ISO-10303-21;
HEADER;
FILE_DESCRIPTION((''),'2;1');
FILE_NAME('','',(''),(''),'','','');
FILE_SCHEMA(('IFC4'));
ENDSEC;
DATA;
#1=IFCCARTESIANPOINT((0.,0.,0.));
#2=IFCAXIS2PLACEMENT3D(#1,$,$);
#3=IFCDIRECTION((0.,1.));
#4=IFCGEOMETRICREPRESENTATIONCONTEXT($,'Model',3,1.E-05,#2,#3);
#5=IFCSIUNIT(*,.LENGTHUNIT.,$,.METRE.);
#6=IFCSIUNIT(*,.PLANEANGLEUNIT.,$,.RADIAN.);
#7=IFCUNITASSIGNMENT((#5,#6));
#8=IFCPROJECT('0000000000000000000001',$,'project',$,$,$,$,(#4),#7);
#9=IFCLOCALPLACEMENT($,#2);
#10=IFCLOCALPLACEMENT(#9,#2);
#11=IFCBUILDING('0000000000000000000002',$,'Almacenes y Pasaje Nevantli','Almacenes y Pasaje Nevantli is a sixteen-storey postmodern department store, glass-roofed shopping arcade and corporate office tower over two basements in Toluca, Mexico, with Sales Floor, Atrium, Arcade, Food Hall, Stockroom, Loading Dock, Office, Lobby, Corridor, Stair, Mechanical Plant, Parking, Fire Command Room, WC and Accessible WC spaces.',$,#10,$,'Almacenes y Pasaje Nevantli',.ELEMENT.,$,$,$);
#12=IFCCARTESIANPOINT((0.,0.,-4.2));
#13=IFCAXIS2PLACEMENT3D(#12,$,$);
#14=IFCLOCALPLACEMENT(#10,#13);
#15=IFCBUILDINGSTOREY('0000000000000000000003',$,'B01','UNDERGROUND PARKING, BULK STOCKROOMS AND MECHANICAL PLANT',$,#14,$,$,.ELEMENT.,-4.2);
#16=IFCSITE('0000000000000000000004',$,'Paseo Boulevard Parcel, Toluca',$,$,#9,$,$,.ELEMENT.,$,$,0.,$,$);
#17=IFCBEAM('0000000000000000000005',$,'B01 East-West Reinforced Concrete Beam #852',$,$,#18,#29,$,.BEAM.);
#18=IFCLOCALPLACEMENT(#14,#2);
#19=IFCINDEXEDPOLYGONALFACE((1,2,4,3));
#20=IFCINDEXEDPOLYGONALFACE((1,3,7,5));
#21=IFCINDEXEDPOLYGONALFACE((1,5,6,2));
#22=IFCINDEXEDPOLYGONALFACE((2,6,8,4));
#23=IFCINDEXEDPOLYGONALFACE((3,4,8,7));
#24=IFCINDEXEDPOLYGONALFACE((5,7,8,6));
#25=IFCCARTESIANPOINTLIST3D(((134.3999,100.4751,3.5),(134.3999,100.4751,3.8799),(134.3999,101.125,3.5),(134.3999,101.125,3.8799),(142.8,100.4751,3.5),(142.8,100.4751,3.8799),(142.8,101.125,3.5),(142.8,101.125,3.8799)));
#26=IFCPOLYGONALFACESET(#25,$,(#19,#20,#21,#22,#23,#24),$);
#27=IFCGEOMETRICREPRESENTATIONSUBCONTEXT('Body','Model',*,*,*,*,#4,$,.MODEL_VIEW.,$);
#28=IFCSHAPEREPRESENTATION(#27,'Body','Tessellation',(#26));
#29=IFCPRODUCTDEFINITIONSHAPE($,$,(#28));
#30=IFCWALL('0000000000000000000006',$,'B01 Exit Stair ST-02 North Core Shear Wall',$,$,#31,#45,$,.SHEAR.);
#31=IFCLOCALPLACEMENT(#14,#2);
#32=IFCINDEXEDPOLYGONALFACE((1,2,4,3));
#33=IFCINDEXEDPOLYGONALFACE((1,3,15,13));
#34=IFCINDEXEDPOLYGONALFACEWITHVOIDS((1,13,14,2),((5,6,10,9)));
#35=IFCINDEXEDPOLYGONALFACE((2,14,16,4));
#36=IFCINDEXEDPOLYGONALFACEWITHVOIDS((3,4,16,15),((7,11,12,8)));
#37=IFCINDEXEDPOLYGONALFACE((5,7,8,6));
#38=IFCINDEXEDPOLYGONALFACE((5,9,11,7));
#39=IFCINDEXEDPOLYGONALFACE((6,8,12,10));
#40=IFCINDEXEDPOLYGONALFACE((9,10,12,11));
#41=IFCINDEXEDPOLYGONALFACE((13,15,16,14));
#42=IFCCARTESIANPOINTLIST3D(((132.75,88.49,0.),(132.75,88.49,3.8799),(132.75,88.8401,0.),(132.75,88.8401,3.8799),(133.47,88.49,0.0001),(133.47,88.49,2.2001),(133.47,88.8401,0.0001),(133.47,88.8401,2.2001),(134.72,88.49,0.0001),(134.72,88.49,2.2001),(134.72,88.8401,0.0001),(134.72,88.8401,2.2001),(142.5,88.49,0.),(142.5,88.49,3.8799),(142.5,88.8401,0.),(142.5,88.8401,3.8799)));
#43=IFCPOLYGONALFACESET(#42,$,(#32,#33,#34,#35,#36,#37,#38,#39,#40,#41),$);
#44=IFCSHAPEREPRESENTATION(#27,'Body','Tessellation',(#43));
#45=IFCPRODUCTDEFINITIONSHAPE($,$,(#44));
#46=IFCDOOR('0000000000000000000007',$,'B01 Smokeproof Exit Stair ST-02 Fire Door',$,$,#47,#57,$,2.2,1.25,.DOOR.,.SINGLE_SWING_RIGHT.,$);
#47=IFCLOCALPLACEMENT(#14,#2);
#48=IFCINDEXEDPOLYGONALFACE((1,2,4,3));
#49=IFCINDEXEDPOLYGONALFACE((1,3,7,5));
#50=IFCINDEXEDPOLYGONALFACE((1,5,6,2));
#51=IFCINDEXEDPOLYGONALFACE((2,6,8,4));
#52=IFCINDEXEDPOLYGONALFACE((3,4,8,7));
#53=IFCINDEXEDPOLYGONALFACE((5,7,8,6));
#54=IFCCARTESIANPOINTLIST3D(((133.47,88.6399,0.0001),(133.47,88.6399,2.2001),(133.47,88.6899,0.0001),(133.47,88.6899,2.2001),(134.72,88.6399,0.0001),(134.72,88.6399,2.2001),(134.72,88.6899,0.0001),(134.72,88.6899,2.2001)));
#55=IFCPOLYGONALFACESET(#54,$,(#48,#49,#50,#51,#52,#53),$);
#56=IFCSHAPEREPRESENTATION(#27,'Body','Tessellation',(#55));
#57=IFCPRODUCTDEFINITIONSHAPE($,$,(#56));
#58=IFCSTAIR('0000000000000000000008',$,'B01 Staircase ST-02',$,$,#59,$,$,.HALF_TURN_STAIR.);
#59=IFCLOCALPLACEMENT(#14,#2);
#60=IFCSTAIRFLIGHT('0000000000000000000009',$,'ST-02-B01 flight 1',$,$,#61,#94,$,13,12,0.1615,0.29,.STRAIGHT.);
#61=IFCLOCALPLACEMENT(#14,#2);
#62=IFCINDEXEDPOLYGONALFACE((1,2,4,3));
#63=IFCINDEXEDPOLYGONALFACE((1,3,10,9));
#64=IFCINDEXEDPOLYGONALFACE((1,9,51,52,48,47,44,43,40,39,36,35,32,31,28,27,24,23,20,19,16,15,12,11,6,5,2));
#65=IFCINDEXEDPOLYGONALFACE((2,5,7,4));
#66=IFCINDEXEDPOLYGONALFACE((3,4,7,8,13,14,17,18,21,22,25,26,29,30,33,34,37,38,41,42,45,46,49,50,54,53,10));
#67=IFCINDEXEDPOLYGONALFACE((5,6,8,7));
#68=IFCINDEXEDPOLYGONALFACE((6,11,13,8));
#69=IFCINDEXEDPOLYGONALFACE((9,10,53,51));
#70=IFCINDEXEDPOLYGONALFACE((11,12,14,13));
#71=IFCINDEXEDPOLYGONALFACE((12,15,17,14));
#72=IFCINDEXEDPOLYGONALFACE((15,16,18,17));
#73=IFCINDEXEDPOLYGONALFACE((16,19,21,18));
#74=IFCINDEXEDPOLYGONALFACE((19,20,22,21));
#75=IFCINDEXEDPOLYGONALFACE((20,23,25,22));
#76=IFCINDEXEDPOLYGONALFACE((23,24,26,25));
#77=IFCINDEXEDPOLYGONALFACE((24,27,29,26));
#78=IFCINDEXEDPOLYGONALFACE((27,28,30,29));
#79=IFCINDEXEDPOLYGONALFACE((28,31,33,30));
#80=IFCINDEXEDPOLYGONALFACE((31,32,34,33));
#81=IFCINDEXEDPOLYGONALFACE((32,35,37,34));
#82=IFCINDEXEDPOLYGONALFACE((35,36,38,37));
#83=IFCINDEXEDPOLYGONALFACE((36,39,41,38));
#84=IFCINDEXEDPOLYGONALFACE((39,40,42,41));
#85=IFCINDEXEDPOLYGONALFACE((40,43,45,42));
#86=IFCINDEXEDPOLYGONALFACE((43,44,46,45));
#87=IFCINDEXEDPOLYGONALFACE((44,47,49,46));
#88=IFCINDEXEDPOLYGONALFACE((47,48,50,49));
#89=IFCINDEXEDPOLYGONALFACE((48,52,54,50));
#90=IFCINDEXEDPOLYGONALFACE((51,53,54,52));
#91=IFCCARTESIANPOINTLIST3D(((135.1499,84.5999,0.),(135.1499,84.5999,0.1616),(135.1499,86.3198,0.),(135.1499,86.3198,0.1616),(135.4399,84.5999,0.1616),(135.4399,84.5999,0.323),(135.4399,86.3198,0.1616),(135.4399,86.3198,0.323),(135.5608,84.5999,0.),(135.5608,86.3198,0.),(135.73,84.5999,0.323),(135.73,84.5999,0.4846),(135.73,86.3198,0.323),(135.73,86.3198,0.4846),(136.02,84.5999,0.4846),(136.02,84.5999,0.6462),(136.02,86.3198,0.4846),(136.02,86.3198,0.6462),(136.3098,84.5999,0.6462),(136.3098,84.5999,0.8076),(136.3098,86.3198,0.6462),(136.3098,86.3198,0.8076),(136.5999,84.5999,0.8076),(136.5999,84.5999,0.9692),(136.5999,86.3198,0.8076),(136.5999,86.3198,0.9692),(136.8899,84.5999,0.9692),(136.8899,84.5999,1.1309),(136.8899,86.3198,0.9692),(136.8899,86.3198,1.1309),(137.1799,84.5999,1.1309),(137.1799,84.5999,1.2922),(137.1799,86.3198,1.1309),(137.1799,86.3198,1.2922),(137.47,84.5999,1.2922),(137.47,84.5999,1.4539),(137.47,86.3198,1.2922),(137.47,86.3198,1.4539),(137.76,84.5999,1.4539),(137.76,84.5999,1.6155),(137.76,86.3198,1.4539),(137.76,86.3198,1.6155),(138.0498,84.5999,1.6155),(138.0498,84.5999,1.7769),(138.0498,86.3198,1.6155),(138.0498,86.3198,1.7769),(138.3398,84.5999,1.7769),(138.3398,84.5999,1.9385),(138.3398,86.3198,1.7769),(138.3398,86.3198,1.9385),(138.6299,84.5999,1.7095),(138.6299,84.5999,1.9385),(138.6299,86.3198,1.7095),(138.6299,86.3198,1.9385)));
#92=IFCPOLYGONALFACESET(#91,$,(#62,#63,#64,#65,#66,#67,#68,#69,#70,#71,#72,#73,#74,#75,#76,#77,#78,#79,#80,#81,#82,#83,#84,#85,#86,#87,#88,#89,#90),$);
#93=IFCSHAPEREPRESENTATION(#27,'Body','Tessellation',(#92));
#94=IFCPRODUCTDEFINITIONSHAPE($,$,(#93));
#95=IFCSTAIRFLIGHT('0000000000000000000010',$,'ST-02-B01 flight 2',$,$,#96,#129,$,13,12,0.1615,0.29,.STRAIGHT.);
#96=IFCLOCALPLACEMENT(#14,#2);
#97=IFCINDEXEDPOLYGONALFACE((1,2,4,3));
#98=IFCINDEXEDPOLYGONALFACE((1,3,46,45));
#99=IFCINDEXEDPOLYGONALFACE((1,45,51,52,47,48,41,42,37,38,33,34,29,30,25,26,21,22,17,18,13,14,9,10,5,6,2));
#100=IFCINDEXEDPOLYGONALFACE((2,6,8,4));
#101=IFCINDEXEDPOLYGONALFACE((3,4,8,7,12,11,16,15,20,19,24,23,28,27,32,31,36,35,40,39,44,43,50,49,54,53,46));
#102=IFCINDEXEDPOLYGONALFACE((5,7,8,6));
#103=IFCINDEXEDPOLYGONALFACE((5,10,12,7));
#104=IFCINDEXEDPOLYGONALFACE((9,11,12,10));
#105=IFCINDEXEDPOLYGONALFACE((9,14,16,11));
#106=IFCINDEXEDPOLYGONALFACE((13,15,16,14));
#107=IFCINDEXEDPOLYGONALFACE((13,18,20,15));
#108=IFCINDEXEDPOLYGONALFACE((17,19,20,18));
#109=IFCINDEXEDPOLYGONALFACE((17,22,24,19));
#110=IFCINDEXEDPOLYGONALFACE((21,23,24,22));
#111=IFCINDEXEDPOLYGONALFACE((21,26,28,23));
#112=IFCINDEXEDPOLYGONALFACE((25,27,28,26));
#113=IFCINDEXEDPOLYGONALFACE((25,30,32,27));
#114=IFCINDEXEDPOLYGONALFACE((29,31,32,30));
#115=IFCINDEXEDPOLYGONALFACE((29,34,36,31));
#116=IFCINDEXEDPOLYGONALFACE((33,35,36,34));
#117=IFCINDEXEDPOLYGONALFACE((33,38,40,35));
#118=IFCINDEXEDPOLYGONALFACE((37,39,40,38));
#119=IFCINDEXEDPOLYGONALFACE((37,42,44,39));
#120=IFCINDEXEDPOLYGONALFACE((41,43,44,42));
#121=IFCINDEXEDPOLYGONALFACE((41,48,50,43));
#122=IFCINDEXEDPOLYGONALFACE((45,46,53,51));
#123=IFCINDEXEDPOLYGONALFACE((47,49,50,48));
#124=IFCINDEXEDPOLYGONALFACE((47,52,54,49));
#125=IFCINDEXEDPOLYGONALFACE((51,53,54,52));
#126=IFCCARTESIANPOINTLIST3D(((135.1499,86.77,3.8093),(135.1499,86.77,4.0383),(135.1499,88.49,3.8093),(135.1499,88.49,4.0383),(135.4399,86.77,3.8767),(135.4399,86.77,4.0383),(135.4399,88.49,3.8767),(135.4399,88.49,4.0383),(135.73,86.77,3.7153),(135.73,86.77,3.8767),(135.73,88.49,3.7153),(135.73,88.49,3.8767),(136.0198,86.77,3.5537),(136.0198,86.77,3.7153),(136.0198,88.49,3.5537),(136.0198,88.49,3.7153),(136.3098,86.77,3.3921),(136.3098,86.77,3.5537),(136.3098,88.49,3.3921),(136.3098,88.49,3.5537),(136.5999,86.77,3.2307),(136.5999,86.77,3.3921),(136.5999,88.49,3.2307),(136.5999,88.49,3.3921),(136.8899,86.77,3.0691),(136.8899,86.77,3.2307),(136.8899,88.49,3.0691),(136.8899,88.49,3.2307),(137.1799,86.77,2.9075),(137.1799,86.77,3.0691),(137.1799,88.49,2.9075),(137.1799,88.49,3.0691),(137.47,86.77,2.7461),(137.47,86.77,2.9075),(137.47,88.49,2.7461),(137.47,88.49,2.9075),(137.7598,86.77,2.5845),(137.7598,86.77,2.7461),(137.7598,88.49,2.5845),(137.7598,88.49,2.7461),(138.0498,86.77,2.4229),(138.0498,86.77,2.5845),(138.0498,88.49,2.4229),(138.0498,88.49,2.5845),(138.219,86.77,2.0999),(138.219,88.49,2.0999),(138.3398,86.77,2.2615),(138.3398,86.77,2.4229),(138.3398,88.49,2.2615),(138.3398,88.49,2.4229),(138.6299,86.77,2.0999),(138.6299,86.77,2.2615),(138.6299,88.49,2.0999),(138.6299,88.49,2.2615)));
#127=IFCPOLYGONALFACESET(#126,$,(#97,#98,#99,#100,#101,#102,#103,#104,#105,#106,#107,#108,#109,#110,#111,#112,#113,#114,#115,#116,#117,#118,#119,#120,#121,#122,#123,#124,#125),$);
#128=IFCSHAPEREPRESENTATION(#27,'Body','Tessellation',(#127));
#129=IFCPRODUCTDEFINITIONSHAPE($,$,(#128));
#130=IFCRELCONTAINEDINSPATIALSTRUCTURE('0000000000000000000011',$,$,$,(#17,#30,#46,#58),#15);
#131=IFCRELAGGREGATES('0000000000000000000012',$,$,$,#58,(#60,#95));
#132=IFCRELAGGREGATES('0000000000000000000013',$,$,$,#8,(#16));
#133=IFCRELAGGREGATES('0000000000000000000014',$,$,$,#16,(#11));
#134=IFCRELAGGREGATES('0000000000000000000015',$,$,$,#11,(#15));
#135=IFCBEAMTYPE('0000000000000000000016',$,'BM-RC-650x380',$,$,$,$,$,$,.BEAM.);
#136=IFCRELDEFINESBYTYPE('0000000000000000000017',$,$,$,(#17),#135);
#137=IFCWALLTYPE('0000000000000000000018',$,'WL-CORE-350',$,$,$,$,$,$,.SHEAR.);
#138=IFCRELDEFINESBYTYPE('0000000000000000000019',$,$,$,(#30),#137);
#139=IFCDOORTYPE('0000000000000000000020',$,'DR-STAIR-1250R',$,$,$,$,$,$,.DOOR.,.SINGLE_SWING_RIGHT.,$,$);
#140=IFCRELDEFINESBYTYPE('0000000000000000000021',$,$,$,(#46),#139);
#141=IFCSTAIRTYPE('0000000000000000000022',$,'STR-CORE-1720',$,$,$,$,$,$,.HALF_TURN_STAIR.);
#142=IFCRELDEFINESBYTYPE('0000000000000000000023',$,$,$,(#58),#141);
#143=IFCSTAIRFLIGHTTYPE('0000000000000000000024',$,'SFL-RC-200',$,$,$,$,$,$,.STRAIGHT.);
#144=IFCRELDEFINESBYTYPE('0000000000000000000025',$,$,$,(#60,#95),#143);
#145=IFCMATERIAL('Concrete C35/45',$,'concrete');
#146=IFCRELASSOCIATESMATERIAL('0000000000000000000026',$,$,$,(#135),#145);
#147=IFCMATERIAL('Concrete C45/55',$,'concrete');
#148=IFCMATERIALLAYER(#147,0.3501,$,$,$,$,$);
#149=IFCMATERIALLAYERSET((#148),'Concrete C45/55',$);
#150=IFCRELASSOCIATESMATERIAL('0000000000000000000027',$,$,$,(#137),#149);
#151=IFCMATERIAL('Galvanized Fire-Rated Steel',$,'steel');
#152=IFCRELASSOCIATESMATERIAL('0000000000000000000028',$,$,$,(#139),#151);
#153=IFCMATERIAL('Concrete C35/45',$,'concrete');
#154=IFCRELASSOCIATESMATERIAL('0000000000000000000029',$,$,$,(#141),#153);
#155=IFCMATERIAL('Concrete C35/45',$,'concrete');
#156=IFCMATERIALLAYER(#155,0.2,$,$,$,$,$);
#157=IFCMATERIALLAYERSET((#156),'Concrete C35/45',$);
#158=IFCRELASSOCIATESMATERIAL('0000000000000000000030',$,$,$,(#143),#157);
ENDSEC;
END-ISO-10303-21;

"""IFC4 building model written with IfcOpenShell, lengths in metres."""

from ifc_helpers import new_model, si_unit, direction, frame, frame_2d, origin, origin_2d, place, context, subcontext, project, spatial, polyline, rectangle, outline, extrude, material, layer, layer_set, material_profile, profile_set, type_object, element, fill, aggregate, save


model = new_model("IFC4")

# Units and contexts
model_context = context("Model", 3, precision=1e-05, world=origin(), true_north=direction((0.0, 1.0)))
body_context = subcontext(model_context, "Body", "Model", "MODEL_VIEW")
ifc_project = project(units=[si_unit("LENGTHUNIT", "METRE"), si_unit("PLANEANGLEUNIT", "RADIAN")], contexts=[model_context])

# Site, building, storey
site_placement = place(None, origin())
site = spatial("IfcSite", under=ifc_project, at=site_placement, Name="Paseo Boulevard Parcel, Toluca", CompositionType="ELEMENT", RefElevation=0.0)
building_placement = place(site_placement, origin())
building = spatial("IfcBuilding", under=site, at=building_placement, Name="Almacenes y Pasaje Nevantli", Description="Almacenes y Pasaje Nevantli is a sixteen-storey postmodern department store, glass-roofed shopping arcade and corporate office tower over two basements in Toluca, Mexico, with Sales Floor, Atrium, Arcade, Food Hall, Stockroom, Loading Dock, Office, Lobby, Corridor, Stair, Mechanical Plant, Parking, Fire Command Room, WC and Accessible WC spaces.", LongName="Almacenes y Pasaje Nevantli", CompositionType="ELEMENT")
storey_placement = place(building_placement, frame((0.0, 0.0, -4.2)))
storey = spatial("IfcBuildingStorey", under=building, at=storey_placement, Name="B01", Description="UNDERGROUND PARKING, BULK STOCKROOMS AND MECHANICAL PLANT", CompositionType="ELEMENT", Elevation=-4.2)

# Beam
ifc_material_1 = material(Name="Concrete C35/45", Category="concrete")
ifc_material_profile_1 = material_profile(ifc_material_1, rectangle(XDim=0.6499, YDim=0.3799, at=origin_2d()), Name="RC-BM-650x380")
ifc_profile_set_1 = profile_set([ifc_material_profile_1], Name="Concrete C35/45")
beam_type_1 = type_object("IfcBeamType", Name="BM-RC-650x380", PredefinedType="BEAM", material=ifc_profile_set_1)
beam_1_placement = place(storey_placement, frame((134.3999, 100.8, 3.6899), z_axis=(1.0, 0.0, 0.0), x_axis=(0.0, 1.0, 0.0)))
element("IfcBeam", 1, at=beam_1_placement, inside=storey, type_object=beam_type_1, Name="B01 East-West Reinforced Concrete Beam #852", PredefinedType="BEAM", context=body_context, shape_type="SweptSolid", body=[
    extrude(rectangle(XDim=0.6499, YDim=0.3799, at=origin_2d()), origin(), (0.0, 0.0, 1.0), 8.4001),
])

# Wall, opening, door
ifc_material_2 = material(Name="Concrete C45/55", Category="concrete")
ifc_layer_1 = layer(ifc_material_2, 0.3501)
ifc_layer_set_1 = layer_set([ifc_layer_1], Name="Concrete C45/55")
wall_type_1 = type_object("IfcWallType", Name="WL-CORE-350", PredefinedType="SHEAR", material=ifc_layer_set_1)
wall_1_placement = place(storey_placement, frame((132.75, 88.665, 0.0), z_axis=(0.0, 0.0, 1.0), x_axis=(1.0, 0.0, 0.0)))
wall_1 = element("IfcWall", 2, at=wall_1_placement, inside=storey, type_object=wall_type_1, Name="B01 Exit Stair ST-02 North Core Shear Wall", PredefinedType="SHEAR", context=body_context, shape_type="SweptSolid", body=[
    extrude(rectangle(XDim=9.75, YDim=0.3501, at=frame_2d((4.875, 0.0))), origin(), (0.0, 0.0, 1.0), 3.8799),
])
opening_1_placement = place(wall_1_placement, frame((0.72, 0.0, 0.0)))
opening_1 = element("IfcOpeningElement", 3, at=opening_1_placement, cuts=wall_1, PredefinedType="OPENING", context=body_context, shape_type="SweptSolid", body=[
    extrude(rectangle(XDim=1.25, YDim=2.2, at=frame_2d((0.625, 1.1001))), frame((0.0, 0.1851, 0.0), z_axis=(0.0, -1.0, 0.0), x_axis=(1.0, 0.0, 0.0)), (0.0, 0.0, 1.0), 0.3701),
])
ifc_material_3 = material(Name="Galvanized Fire-Rated Steel", Category="steel")
door_type_1 = type_object("IfcDoorType", Name="DR-STAIR-1250R", OperationType="SINGLE_SWING_RIGHT", PredefinedType="DOOR", material=ifc_material_3)
door_1_placement = place(opening_1_placement, origin())
door_1 = element("IfcDoor", 4, at=door_1_placement, inside=storey, type_object=door_type_1, Name="B01 Smokeproof Exit Stair ST-02 Fire Door", OperationType="SINGLE_SWING_RIGHT", OverallHeight=2.2, OverallWidth=1.25, PredefinedType="DOOR", context=body_context, shape_type="SweptSolid", body=[
    extrude(rectangle(XDim=1.25, YDim=2.2, at=frame_2d((0.625, 1.1001))), frame((0.0, 0.0249, 0.0), z_axis=(0.0, -1.0, 0.0), x_axis=(1.0, 0.0, 0.0)), (0.0, 0.0, 1.0), 0.05),
])
fill(opening_1, door_1)

# Stair, stair flights
ifc_material_4 = material(Name="Concrete C35/45", Category="concrete")
stair_type = type_object("IfcStairType", Name="STR-CORE-1720", PredefinedType="HALF_TURN_STAIR", material=ifc_material_4)
stair_placement = place(storey_placement, origin())
stair = element("IfcStair", 5, at=stair_placement, inside=storey, type_object=stair_type, Name="B01 Staircase ST-02", PredefinedType="HALF_TURN_STAIR")
ifc_material_5 = material(Name="Concrete C35/45", Category="concrete")
ifc_layer_2 = layer(ifc_material_5, 0.2)
ifc_layer_set_2 = layer_set([ifc_layer_2], Name="Concrete C35/45")
stair_flight_type = type_object("IfcStairFlightType", Name="SFL-RC-200", PredefinedType="STRAIGHT", material=ifc_layer_set_2)
stair_flight_1_placement = place(storey_placement, frame((135.1499, 85.46, 0.0), z_axis=(0.0, 0.0, 1.0), x_axis=(1.0, 0.0, 0.0)))
stair_flight_1 = element("IfcStairFlight", 6, at=stair_flight_1_placement, type_object=stair_flight_type, Name="ST-02-B01 flight 1", NumberOfRisers=13, NumberOfTreads=12, PredefinedType="STRAIGHT", RiserHeight=0.1615, TreadLength=0.29, context=body_context, shape_type="SweptSolid", body=[
    extrude(outline(polyline([(0.0, 0.0), (0.0, 0.1616), (0.29, 0.1616), (0.29, 0.323), (0.5801, 0.323), (0.5801, 0.4846), (0.8701, 0.4846), (0.8701, 0.6462), (1.1599, 0.6462), (1.1599, 0.8076), (1.45, 0.8076), (1.45, 0.9692), (1.74, 0.9692), (1.74, 1.1309), (2.03, 1.1309), (2.03, 1.2922), (2.3201, 1.2922), (2.3201, 1.4539), (2.6101, 1.4539), (2.6101, 1.6155), (2.8999, 1.6155), (2.8999, 1.7769), (3.1899, 1.7769), (3.1899, 1.9385), (3.48, 1.9385), (3.48, 2.1001), (3.48, 1.7095), (0.4109, 0.0), (0.0, 0.0)])), frame((0.0, 0.8599, 0.0), z_axis=(0.0, -1.0, 0.0), x_axis=(1.0, 0.0, 0.0)), (0.0, 0.0, 1.0), 1.72),
])
stair_flight_2_placement = place(storey_placement, frame((138.6299, 87.6299, 2.0999), z_axis=(0.0, 0.0, 1.0), x_axis=(-1.0, 0.0, 0.0)))
stair_flight_2 = element("IfcStairFlight", 7, at=stair_flight_2_placement, type_object=stair_flight_type, Name="ST-02-B01 flight 2", NumberOfRisers=13, NumberOfTreads=12, PredefinedType="STRAIGHT", RiserHeight=0.1615, TreadLength=0.29, context=body_context, shape_type="SweptSolid", body=[
    extrude(outline(polyline([(0.0, 0.0), (0.0, 0.1616), (0.29, 0.1616), (0.29, 0.323), (0.5801, 0.323), (0.5801, 0.4846), (0.8701, 0.4846), (0.8701, 0.6462), (1.1599, 0.6462), (1.1599, 0.8076), (1.45, 0.8076), (1.45, 0.9692), (1.74, 0.9692), (1.74, 1.1309), (2.03, 1.1309), (2.03, 1.2922), (2.3201, 1.2922), (2.3201, 1.4539), (2.6101, 1.4539), (2.6101, 1.6155), (2.8999, 1.6155), (2.8999, 1.7769), (3.1899, 1.7769), (3.1899, 1.9385), (3.48, 1.9385), (3.48, 2.1001), (3.48, 1.7095), (0.4109, 0.0), (0.0, 0.0)])), frame((0.0, 0.8599, 0.0), z_axis=(0.0, -1.0, 0.0), x_axis=(1.0, 0.0, 0.0)), (0.0, 0.0, 1.0), 1.72),
])
aggregate(stair, [stair_flight_1, stair_flight_2])

save(model, "model.ifc")
